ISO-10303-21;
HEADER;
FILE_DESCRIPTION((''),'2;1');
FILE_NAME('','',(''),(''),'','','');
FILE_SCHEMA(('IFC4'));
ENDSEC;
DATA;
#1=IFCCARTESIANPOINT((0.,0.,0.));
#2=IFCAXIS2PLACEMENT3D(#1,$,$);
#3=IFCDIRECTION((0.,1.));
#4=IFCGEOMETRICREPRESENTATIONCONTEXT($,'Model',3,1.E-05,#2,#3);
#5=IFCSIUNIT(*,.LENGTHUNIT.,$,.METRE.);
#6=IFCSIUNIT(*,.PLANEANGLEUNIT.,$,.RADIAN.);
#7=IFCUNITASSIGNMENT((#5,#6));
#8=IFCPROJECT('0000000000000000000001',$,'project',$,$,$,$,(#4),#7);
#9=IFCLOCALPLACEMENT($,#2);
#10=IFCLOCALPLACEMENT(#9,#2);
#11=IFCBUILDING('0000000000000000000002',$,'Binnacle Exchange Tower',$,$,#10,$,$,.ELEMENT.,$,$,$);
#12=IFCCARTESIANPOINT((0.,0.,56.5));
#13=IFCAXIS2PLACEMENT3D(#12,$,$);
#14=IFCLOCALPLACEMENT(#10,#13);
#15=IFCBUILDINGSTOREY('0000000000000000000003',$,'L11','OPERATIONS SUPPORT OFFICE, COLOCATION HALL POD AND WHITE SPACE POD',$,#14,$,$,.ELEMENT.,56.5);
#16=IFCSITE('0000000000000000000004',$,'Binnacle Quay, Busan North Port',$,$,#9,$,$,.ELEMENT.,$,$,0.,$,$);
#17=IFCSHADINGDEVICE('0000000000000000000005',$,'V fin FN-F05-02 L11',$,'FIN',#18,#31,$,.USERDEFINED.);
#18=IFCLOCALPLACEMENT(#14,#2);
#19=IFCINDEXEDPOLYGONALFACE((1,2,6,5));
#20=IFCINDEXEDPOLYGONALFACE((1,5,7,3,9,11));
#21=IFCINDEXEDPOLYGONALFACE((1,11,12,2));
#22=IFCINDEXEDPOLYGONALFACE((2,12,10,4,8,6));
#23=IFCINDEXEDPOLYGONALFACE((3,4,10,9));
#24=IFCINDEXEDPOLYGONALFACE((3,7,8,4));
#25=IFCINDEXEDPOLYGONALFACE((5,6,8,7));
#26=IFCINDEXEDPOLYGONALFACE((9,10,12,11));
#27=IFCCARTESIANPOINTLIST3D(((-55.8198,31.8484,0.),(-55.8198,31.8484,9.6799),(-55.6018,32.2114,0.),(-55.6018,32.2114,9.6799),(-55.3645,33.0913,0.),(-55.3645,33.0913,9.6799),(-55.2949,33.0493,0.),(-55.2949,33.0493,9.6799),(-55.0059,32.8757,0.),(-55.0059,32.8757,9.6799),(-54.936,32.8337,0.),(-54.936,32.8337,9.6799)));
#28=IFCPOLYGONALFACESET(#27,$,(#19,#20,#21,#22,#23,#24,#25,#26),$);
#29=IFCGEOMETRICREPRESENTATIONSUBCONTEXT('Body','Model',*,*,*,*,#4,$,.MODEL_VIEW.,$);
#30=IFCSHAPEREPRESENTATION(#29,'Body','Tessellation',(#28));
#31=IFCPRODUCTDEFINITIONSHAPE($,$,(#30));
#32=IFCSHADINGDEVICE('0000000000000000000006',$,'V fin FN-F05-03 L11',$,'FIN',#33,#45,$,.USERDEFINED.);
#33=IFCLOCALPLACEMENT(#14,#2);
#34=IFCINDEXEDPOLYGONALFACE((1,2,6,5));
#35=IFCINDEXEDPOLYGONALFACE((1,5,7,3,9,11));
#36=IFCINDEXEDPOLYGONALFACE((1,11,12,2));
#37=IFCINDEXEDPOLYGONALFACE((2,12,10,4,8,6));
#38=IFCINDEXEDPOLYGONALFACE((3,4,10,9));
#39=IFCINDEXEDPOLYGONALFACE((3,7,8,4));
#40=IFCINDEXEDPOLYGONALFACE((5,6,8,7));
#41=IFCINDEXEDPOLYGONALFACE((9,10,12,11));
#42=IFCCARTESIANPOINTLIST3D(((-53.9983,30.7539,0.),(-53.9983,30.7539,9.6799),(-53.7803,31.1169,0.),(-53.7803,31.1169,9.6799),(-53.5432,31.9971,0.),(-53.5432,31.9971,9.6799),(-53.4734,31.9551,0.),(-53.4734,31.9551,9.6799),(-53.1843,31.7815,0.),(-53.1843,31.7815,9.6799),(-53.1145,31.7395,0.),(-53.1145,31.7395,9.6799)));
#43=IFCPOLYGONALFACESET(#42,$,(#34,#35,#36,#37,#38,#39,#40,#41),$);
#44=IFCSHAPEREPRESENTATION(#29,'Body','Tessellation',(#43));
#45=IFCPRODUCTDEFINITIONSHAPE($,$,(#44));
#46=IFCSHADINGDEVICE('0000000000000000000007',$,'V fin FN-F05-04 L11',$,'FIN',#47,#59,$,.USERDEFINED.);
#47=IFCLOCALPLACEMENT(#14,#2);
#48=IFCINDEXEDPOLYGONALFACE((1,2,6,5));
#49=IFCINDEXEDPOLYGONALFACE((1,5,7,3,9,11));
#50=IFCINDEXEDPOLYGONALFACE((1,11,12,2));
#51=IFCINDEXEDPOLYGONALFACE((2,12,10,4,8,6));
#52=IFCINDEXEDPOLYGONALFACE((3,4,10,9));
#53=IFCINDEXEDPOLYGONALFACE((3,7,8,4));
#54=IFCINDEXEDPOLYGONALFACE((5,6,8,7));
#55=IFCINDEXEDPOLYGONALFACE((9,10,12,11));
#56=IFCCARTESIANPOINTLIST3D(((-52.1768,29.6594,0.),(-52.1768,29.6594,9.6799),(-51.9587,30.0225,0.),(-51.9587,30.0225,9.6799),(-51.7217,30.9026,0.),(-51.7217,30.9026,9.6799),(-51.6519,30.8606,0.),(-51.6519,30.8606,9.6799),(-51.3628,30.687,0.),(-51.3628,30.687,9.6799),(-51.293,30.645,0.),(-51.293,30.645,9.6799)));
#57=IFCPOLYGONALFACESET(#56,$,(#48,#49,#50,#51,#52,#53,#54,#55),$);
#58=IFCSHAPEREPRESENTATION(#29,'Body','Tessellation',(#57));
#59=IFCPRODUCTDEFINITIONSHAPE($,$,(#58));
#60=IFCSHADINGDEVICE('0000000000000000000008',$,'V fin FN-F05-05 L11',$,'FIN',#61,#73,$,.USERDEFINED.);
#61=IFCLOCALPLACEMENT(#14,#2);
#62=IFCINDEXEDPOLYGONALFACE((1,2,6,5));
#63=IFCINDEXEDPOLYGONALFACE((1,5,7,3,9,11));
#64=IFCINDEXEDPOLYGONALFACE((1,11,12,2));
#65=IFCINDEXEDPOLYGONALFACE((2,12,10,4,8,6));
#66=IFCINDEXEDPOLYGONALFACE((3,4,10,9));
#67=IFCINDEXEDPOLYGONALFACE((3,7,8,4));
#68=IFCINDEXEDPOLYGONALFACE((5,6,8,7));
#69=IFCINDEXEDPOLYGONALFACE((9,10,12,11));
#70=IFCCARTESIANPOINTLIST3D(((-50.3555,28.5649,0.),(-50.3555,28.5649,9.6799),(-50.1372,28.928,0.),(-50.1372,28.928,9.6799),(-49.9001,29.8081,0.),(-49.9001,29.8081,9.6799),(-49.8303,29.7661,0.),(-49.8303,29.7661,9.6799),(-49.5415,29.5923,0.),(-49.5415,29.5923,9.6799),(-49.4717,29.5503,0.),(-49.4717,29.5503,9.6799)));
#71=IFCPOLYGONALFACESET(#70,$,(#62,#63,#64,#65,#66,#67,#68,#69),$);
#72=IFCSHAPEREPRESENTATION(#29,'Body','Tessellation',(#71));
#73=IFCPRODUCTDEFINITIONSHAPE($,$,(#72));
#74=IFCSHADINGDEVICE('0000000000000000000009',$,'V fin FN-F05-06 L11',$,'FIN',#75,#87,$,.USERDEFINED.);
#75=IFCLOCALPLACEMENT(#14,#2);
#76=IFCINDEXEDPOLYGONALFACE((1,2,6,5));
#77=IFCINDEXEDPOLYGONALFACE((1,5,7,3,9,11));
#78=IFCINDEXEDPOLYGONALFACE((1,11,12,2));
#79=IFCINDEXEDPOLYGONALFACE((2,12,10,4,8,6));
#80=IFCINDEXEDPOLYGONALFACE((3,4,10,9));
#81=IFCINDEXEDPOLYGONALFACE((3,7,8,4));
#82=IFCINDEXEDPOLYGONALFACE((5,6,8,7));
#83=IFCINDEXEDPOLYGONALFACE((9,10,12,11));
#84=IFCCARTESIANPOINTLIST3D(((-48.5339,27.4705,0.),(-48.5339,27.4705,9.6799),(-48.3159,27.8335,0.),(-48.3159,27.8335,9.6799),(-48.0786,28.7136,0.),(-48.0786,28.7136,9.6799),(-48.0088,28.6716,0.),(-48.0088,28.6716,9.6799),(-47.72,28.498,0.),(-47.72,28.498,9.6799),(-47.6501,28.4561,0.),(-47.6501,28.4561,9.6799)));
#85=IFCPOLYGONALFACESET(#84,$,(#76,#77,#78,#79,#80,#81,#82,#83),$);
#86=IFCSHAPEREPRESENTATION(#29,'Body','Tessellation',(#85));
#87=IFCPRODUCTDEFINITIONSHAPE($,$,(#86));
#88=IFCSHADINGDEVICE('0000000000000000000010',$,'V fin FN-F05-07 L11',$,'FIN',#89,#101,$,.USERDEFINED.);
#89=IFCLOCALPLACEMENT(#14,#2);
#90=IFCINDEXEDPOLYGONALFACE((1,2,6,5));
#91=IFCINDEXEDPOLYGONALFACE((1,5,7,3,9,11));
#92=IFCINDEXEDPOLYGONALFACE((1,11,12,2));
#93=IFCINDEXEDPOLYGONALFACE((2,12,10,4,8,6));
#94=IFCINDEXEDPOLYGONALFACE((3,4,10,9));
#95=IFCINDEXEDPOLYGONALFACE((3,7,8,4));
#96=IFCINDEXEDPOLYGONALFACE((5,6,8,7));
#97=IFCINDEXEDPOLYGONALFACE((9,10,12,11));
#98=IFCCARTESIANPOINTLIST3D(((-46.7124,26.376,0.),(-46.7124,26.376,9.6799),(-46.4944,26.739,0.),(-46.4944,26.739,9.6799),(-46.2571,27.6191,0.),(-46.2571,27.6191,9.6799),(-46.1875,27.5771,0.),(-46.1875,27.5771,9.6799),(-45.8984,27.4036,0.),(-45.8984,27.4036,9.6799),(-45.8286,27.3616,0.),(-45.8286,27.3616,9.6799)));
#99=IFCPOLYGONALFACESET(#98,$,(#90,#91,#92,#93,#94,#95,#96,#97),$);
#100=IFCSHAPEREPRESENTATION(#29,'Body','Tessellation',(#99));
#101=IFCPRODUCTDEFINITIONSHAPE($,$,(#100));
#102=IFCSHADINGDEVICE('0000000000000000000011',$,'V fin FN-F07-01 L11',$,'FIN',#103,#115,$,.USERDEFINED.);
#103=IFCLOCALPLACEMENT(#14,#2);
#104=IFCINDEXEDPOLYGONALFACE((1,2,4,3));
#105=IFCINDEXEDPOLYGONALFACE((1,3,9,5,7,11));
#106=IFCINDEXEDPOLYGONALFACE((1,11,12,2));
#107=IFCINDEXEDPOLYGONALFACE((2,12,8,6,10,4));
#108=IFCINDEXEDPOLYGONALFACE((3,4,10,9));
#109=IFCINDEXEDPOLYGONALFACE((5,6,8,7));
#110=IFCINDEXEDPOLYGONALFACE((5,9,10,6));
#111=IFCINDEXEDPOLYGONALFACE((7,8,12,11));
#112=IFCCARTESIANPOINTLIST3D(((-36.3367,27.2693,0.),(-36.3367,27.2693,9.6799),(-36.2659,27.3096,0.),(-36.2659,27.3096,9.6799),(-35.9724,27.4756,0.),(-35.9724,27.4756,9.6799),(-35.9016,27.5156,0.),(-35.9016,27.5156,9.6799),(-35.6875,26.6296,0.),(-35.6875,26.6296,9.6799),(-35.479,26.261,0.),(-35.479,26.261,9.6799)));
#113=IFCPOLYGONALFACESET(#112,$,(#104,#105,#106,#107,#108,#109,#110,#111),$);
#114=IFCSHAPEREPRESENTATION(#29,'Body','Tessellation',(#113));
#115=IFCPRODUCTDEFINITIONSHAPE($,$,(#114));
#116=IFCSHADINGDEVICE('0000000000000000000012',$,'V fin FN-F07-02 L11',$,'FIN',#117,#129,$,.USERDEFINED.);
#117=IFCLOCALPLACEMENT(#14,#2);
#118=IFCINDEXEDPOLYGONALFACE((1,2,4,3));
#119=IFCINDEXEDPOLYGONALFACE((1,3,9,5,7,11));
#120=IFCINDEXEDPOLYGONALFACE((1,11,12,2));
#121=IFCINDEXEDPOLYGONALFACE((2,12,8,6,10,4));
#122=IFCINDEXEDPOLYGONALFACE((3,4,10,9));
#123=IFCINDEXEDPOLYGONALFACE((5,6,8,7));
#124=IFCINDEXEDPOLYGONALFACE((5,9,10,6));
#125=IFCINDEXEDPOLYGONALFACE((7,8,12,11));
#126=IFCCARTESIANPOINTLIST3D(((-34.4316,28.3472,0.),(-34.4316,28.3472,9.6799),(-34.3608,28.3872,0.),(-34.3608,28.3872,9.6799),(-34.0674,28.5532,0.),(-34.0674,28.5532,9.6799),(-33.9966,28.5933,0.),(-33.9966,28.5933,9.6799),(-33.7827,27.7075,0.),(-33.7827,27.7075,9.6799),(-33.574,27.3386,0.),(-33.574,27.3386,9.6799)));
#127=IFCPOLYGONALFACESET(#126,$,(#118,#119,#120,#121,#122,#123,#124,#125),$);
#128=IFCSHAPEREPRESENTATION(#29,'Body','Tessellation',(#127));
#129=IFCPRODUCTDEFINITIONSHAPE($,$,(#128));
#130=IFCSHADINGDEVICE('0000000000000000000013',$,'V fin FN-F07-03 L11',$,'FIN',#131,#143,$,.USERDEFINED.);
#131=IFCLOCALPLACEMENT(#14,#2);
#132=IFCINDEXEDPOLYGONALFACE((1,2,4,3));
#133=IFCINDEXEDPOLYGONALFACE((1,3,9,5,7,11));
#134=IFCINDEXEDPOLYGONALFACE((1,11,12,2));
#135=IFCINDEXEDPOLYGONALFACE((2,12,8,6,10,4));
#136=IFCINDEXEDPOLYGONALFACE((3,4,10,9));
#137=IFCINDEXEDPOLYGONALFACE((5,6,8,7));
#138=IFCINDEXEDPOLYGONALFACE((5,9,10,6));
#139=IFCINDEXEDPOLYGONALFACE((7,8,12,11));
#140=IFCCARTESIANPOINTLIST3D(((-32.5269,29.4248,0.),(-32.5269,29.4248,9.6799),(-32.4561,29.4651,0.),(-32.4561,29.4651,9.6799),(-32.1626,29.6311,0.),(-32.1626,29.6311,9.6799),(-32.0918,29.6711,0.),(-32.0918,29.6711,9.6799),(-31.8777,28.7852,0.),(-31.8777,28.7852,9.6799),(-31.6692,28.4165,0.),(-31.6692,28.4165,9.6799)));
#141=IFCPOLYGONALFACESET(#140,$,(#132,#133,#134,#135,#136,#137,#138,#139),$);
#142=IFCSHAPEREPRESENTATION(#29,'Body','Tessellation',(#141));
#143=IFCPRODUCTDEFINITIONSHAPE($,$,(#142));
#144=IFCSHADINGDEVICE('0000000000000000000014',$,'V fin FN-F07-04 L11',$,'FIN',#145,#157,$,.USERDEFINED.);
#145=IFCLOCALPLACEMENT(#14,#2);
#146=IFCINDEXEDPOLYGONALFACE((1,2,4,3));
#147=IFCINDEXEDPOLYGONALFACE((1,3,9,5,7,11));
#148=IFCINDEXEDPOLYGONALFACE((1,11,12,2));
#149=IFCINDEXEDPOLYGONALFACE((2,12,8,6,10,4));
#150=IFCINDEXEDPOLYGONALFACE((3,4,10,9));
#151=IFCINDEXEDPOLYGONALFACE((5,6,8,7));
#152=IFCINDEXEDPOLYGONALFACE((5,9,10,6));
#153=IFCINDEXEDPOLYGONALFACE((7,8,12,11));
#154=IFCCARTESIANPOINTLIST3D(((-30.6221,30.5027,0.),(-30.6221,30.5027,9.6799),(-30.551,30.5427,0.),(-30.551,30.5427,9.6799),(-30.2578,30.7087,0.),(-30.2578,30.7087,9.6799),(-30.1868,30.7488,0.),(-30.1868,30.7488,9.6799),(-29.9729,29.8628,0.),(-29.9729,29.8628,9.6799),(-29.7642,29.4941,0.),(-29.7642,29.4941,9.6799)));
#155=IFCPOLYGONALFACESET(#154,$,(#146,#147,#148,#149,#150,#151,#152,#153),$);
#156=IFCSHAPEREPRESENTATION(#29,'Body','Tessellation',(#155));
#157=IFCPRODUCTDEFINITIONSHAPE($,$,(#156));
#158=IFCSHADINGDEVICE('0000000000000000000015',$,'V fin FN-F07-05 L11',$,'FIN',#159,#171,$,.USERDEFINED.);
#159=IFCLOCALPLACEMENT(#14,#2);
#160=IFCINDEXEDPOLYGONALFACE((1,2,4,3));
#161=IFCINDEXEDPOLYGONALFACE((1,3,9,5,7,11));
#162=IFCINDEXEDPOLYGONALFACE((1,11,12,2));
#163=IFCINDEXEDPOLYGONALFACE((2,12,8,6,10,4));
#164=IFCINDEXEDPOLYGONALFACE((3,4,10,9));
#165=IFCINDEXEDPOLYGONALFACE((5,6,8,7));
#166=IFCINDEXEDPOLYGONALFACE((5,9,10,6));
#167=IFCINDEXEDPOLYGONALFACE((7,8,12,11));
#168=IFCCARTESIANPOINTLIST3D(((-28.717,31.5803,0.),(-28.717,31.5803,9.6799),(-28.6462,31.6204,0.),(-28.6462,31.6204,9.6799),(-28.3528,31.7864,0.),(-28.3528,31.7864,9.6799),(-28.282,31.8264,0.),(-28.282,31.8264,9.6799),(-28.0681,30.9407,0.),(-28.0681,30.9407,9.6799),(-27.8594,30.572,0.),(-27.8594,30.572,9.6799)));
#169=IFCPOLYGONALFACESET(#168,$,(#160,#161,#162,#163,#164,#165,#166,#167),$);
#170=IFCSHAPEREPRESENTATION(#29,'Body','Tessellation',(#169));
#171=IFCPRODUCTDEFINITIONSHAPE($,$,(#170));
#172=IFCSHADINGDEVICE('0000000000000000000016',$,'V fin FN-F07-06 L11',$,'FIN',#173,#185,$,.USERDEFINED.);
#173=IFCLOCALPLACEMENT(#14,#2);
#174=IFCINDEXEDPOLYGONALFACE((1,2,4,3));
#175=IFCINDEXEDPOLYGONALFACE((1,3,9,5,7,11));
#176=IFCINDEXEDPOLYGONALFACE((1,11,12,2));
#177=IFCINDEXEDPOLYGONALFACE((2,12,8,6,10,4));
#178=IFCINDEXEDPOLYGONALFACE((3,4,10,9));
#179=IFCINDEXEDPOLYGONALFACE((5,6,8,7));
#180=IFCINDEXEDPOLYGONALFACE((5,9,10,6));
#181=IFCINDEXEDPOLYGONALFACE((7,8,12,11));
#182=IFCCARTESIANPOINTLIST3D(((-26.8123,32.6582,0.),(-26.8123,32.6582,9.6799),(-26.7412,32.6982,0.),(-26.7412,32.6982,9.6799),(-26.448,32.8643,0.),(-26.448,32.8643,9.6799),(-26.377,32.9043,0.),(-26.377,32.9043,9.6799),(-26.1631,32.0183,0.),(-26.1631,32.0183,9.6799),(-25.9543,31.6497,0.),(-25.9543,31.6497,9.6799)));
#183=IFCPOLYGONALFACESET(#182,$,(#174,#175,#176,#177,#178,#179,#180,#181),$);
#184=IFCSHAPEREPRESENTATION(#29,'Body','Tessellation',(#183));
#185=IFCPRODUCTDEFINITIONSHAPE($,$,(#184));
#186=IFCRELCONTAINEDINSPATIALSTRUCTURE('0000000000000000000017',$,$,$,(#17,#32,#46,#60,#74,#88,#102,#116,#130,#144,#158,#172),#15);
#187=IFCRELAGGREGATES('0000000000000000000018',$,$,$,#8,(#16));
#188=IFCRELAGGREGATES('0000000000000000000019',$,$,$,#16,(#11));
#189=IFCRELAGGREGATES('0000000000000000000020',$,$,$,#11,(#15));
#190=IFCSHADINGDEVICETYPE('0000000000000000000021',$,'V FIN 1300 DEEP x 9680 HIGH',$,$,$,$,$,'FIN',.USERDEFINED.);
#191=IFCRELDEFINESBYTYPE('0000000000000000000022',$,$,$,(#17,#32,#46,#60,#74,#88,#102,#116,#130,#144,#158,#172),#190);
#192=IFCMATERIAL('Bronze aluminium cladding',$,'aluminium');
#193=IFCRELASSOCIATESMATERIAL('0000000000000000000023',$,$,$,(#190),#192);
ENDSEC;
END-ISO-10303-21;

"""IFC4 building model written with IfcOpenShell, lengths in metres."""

from ifc_helpers import new_model, si_unit, direction, frame, origin, place, context, subcontext, project, spatial, polyline, outline, extrude, material, type_object, element, save


model = new_model("IFC4")

# Units and contexts
model_context = context("Model", 3, precision=1e-05, world=origin(), true_north=direction((0.0, 1.0)))
body_context = subcontext(model_context, "Body", "Model", "MODEL_VIEW")
ifc_project = project(units=[si_unit("LENGTHUNIT", "METRE"), si_unit("PLANEANGLEUNIT", "RADIAN")], contexts=[model_context])

# Site, building, storey
site_placement = place(None, origin())
site = spatial("IfcSite", under=ifc_project, at=site_placement, Name="Binnacle Quay, Busan North Port", CompositionType="ELEMENT", RefElevation=0.0)
building_placement = place(site_placement, origin())
building = spatial("IfcBuilding", under=site, at=building_placement, Name="Binnacle Exchange Tower", CompositionType="ELEMENT")
storey_placement = place(building_placement, frame((0.0, 0.0, 56.5)))
storey = spatial("IfcBuildingStorey", under=building, at=storey_placement, Name="L11", Description="OPERATIONS SUPPORT OFFICE, COLOCATION HALL POD AND WHITE SPACE POD", CompositionType="ELEMENT", Elevation=56.5)

# Shading devices
ifc_material = material(Name="Bronze aluminium cladding", Category="aluminium")
shading_device_type = type_object("IfcShadingDeviceType", Name="V FIN 1300 DEEP x 9680 HIGH", ElementType="FIN", PredefinedType="USERDEFINED", material=ifc_material)
shading_device_1_placement = place(storey_placement, origin())
element("IfcShadingDevice", 1, at=shading_device_1_placement, inside=storey, type_object=shading_device_type, Name="V fin FN-F05-02 L11", ObjectType="FIN", PredefinedType="USERDEFINED", context=body_context, shape_type="SweptSolid", body=[
    extrude(outline(polyline([(-55.3645, 33.0913), (-55.8198, 31.8484), (-54.936, 32.8337), (-55.0059, 32.8757), (-55.6018, 32.2114), (-55.2949, 33.0493), (-55.3645, 33.0913)])), origin(), (0.0, 0.0, 1.0), 9.6799),
])
shading_device_2_placement = place(storey_placement, origin())
element("IfcShadingDevice", 2, at=shading_device_2_placement, inside=storey, type_object=shading_device_type, Name="V fin FN-F05-03 L11", ObjectType="FIN", PredefinedType="USERDEFINED", context=body_context, shape_type="SweptSolid", body=[
    extrude(outline(polyline([(-53.5432, 31.9971), (-53.9983, 30.7539), (-53.1145, 31.7395), (-53.1843, 31.7815), (-53.7803, 31.1169), (-53.4734, 31.9551), (-53.5432, 31.9971)])), origin(), (0.0, 0.0, 1.0), 9.6799),
])
shading_device_3_placement = place(storey_placement, origin())
element("IfcShadingDevice", 3, at=shading_device_3_placement, inside=storey, type_object=shading_device_type, Name="V fin FN-F05-04 L11", ObjectType="FIN", PredefinedType="USERDEFINED", context=body_context, shape_type="SweptSolid", body=[
    extrude(outline(polyline([(-51.7217, 30.9026), (-52.1768, 29.6594), (-51.293, 30.645), (-51.3628, 30.687), (-51.9587, 30.0225), (-51.6519, 30.8606), (-51.7217, 30.9026)])), origin(), (0.0, 0.0, 1.0), 9.6799),
])
shading_device_4_placement = place(storey_placement, origin())
element("IfcShadingDevice", 4, at=shading_device_4_placement, inside=storey, type_object=shading_device_type, Name="V fin FN-F05-05 L11", ObjectType="FIN", PredefinedType="USERDEFINED", context=body_context, shape_type="SweptSolid", body=[
    extrude(outline(polyline([(-49.9001, 29.8081), (-50.3555, 28.5649), (-49.4717, 29.5503), (-49.5415, 29.5923), (-50.1372, 28.928), (-49.8303, 29.7661), (-49.9001, 29.8081)])), origin(), (0.0, 0.0, 1.0), 9.6799),
])
shading_device_5_placement = place(storey_placement, origin())
element("IfcShadingDevice", 5, at=shading_device_5_placement, inside=storey, type_object=shading_device_type, Name="V fin FN-F05-06 L11", ObjectType="FIN", PredefinedType="USERDEFINED", context=body_context, shape_type="SweptSolid", body=[
    extrude(outline(polyline([(-48.0786, 28.7136), (-48.5339, 27.4705), (-47.6501, 28.4561), (-47.72, 28.498), (-48.3159, 27.8335), (-48.0088, 28.6716), (-48.0786, 28.7136)])), origin(), (0.0, 0.0, 1.0), 9.6799),
])
shading_device_6_placement = place(storey_placement, origin())
element("IfcShadingDevice", 6, at=shading_device_6_placement, inside=storey, type_object=shading_device_type, Name="V fin FN-F05-07 L11", ObjectType="FIN", PredefinedType="USERDEFINED", context=body_context, shape_type="SweptSolid", body=[
    extrude(outline(polyline([(-46.2571, 27.6191), (-46.7124, 26.376), (-45.8286, 27.3616), (-45.8984, 27.4036), (-46.4944, 26.739), (-46.1875, 27.5771), (-46.2571, 27.6191)])), origin(), (0.0, 0.0, 1.0), 9.6799),
])
shading_device_7_placement = place(storey_placement, origin())
element("IfcShadingDevice", 7, at=shading_device_7_placement, inside=storey, type_object=shading_device_type, Name="V fin FN-F07-01 L11", ObjectType="FIN", PredefinedType="USERDEFINED", context=body_context, shape_type="SweptSolid", body=[
    extrude(outline(polyline([(-36.3367, 27.2693), (-35.479, 26.261), (-35.9016, 27.5156), (-35.9724, 27.4756), (-35.6875, 26.6296), (-36.2659, 27.3096), (-36.3367, 27.2693)])), origin(), (0.0, 0.0, 1.0), 9.6799),
])
shading_device_8_placement = place(storey_placement, origin())
element("IfcShadingDevice", 8, at=shading_device_8_placement, inside=storey, type_object=shading_device_type, Name="V fin FN-F07-02 L11", ObjectType="FIN", PredefinedType="USERDEFINED", context=body_context, shape_type="SweptSolid", body=[
    extrude(outline(polyline([(-34.4316, 28.3472), (-33.574, 27.3386), (-33.9966, 28.5933), (-34.0674, 28.5532), (-33.7827, 27.7075), (-34.3608, 28.3872), (-34.4316, 28.3472)])), origin(), (0.0, 0.0, 1.0), 9.6799),
])
shading_device_9_placement = place(storey_placement, origin())
element("IfcShadingDevice", 9, at=shading_device_9_placement, inside=storey, type_object=shading_device_type, Name="V fin FN-F07-03 L11", ObjectType="FIN", PredefinedType="USERDEFINED", context=body_context, shape_type="SweptSolid", body=[
    extrude(outline(polyline([(-32.5269, 29.4248), (-31.6692, 28.4165), (-32.0918, 29.6711), (-32.1626, 29.6311), (-31.8777, 28.7852), (-32.4561, 29.4651), (-32.5269, 29.4248)])), origin(), (0.0, 0.0, 1.0), 9.6799),
])
shading_device_10_placement = place(storey_placement, origin())
element("IfcShadingDevice", 10, at=shading_device_10_placement, inside=storey, type_object=shading_device_type, Name="V fin FN-F07-04 L11", ObjectType="FIN", PredefinedType="USERDEFINED", context=body_context, shape_type="SweptSolid", body=[
    extrude(outline(polyline([(-30.6221, 30.5027), (-29.7642, 29.4941), (-30.1868, 30.7488), (-30.2578, 30.7087), (-29.9729, 29.8628), (-30.551, 30.5427), (-30.6221, 30.5027)])), origin(), (0.0, 0.0, 1.0), 9.6799),
])
shading_device_11_placement = place(storey_placement, origin())
element("IfcShadingDevice", 11, at=shading_device_11_placement, inside=storey, type_object=shading_device_type, Name="V fin FN-F07-05 L11", ObjectType="FIN", PredefinedType="USERDEFINED", context=body_context, shape_type="SweptSolid", body=[
    extrude(outline(polyline([(-28.717, 31.5803), (-27.8594, 30.572), (-28.282, 31.8264), (-28.3528, 31.7864), (-28.0681, 30.9407), (-28.6462, 31.6204), (-28.717, 31.5803)])), origin(), (0.0, 0.0, 1.0), 9.6799),
])
shading_device_12_placement = place(storey_placement, origin())
element("IfcShadingDevice", 12, at=shading_device_12_placement, inside=storey, type_object=shading_device_type, Name="V fin FN-F07-06 L11", ObjectType="FIN", PredefinedType="USERDEFINED", context=body_context, shape_type="SweptSolid", body=[
    extrude(outline(polyline([(-26.8123, 32.6582), (-25.9543, 31.6497), (-26.377, 32.9043), (-26.448, 32.8643), (-26.1631, 32.0183), (-26.7412, 32.6982), (-26.8123, 32.6582)])), origin(), (0.0, 0.0, 1.0), 9.6799),
])

save(model, "model.ifc")
